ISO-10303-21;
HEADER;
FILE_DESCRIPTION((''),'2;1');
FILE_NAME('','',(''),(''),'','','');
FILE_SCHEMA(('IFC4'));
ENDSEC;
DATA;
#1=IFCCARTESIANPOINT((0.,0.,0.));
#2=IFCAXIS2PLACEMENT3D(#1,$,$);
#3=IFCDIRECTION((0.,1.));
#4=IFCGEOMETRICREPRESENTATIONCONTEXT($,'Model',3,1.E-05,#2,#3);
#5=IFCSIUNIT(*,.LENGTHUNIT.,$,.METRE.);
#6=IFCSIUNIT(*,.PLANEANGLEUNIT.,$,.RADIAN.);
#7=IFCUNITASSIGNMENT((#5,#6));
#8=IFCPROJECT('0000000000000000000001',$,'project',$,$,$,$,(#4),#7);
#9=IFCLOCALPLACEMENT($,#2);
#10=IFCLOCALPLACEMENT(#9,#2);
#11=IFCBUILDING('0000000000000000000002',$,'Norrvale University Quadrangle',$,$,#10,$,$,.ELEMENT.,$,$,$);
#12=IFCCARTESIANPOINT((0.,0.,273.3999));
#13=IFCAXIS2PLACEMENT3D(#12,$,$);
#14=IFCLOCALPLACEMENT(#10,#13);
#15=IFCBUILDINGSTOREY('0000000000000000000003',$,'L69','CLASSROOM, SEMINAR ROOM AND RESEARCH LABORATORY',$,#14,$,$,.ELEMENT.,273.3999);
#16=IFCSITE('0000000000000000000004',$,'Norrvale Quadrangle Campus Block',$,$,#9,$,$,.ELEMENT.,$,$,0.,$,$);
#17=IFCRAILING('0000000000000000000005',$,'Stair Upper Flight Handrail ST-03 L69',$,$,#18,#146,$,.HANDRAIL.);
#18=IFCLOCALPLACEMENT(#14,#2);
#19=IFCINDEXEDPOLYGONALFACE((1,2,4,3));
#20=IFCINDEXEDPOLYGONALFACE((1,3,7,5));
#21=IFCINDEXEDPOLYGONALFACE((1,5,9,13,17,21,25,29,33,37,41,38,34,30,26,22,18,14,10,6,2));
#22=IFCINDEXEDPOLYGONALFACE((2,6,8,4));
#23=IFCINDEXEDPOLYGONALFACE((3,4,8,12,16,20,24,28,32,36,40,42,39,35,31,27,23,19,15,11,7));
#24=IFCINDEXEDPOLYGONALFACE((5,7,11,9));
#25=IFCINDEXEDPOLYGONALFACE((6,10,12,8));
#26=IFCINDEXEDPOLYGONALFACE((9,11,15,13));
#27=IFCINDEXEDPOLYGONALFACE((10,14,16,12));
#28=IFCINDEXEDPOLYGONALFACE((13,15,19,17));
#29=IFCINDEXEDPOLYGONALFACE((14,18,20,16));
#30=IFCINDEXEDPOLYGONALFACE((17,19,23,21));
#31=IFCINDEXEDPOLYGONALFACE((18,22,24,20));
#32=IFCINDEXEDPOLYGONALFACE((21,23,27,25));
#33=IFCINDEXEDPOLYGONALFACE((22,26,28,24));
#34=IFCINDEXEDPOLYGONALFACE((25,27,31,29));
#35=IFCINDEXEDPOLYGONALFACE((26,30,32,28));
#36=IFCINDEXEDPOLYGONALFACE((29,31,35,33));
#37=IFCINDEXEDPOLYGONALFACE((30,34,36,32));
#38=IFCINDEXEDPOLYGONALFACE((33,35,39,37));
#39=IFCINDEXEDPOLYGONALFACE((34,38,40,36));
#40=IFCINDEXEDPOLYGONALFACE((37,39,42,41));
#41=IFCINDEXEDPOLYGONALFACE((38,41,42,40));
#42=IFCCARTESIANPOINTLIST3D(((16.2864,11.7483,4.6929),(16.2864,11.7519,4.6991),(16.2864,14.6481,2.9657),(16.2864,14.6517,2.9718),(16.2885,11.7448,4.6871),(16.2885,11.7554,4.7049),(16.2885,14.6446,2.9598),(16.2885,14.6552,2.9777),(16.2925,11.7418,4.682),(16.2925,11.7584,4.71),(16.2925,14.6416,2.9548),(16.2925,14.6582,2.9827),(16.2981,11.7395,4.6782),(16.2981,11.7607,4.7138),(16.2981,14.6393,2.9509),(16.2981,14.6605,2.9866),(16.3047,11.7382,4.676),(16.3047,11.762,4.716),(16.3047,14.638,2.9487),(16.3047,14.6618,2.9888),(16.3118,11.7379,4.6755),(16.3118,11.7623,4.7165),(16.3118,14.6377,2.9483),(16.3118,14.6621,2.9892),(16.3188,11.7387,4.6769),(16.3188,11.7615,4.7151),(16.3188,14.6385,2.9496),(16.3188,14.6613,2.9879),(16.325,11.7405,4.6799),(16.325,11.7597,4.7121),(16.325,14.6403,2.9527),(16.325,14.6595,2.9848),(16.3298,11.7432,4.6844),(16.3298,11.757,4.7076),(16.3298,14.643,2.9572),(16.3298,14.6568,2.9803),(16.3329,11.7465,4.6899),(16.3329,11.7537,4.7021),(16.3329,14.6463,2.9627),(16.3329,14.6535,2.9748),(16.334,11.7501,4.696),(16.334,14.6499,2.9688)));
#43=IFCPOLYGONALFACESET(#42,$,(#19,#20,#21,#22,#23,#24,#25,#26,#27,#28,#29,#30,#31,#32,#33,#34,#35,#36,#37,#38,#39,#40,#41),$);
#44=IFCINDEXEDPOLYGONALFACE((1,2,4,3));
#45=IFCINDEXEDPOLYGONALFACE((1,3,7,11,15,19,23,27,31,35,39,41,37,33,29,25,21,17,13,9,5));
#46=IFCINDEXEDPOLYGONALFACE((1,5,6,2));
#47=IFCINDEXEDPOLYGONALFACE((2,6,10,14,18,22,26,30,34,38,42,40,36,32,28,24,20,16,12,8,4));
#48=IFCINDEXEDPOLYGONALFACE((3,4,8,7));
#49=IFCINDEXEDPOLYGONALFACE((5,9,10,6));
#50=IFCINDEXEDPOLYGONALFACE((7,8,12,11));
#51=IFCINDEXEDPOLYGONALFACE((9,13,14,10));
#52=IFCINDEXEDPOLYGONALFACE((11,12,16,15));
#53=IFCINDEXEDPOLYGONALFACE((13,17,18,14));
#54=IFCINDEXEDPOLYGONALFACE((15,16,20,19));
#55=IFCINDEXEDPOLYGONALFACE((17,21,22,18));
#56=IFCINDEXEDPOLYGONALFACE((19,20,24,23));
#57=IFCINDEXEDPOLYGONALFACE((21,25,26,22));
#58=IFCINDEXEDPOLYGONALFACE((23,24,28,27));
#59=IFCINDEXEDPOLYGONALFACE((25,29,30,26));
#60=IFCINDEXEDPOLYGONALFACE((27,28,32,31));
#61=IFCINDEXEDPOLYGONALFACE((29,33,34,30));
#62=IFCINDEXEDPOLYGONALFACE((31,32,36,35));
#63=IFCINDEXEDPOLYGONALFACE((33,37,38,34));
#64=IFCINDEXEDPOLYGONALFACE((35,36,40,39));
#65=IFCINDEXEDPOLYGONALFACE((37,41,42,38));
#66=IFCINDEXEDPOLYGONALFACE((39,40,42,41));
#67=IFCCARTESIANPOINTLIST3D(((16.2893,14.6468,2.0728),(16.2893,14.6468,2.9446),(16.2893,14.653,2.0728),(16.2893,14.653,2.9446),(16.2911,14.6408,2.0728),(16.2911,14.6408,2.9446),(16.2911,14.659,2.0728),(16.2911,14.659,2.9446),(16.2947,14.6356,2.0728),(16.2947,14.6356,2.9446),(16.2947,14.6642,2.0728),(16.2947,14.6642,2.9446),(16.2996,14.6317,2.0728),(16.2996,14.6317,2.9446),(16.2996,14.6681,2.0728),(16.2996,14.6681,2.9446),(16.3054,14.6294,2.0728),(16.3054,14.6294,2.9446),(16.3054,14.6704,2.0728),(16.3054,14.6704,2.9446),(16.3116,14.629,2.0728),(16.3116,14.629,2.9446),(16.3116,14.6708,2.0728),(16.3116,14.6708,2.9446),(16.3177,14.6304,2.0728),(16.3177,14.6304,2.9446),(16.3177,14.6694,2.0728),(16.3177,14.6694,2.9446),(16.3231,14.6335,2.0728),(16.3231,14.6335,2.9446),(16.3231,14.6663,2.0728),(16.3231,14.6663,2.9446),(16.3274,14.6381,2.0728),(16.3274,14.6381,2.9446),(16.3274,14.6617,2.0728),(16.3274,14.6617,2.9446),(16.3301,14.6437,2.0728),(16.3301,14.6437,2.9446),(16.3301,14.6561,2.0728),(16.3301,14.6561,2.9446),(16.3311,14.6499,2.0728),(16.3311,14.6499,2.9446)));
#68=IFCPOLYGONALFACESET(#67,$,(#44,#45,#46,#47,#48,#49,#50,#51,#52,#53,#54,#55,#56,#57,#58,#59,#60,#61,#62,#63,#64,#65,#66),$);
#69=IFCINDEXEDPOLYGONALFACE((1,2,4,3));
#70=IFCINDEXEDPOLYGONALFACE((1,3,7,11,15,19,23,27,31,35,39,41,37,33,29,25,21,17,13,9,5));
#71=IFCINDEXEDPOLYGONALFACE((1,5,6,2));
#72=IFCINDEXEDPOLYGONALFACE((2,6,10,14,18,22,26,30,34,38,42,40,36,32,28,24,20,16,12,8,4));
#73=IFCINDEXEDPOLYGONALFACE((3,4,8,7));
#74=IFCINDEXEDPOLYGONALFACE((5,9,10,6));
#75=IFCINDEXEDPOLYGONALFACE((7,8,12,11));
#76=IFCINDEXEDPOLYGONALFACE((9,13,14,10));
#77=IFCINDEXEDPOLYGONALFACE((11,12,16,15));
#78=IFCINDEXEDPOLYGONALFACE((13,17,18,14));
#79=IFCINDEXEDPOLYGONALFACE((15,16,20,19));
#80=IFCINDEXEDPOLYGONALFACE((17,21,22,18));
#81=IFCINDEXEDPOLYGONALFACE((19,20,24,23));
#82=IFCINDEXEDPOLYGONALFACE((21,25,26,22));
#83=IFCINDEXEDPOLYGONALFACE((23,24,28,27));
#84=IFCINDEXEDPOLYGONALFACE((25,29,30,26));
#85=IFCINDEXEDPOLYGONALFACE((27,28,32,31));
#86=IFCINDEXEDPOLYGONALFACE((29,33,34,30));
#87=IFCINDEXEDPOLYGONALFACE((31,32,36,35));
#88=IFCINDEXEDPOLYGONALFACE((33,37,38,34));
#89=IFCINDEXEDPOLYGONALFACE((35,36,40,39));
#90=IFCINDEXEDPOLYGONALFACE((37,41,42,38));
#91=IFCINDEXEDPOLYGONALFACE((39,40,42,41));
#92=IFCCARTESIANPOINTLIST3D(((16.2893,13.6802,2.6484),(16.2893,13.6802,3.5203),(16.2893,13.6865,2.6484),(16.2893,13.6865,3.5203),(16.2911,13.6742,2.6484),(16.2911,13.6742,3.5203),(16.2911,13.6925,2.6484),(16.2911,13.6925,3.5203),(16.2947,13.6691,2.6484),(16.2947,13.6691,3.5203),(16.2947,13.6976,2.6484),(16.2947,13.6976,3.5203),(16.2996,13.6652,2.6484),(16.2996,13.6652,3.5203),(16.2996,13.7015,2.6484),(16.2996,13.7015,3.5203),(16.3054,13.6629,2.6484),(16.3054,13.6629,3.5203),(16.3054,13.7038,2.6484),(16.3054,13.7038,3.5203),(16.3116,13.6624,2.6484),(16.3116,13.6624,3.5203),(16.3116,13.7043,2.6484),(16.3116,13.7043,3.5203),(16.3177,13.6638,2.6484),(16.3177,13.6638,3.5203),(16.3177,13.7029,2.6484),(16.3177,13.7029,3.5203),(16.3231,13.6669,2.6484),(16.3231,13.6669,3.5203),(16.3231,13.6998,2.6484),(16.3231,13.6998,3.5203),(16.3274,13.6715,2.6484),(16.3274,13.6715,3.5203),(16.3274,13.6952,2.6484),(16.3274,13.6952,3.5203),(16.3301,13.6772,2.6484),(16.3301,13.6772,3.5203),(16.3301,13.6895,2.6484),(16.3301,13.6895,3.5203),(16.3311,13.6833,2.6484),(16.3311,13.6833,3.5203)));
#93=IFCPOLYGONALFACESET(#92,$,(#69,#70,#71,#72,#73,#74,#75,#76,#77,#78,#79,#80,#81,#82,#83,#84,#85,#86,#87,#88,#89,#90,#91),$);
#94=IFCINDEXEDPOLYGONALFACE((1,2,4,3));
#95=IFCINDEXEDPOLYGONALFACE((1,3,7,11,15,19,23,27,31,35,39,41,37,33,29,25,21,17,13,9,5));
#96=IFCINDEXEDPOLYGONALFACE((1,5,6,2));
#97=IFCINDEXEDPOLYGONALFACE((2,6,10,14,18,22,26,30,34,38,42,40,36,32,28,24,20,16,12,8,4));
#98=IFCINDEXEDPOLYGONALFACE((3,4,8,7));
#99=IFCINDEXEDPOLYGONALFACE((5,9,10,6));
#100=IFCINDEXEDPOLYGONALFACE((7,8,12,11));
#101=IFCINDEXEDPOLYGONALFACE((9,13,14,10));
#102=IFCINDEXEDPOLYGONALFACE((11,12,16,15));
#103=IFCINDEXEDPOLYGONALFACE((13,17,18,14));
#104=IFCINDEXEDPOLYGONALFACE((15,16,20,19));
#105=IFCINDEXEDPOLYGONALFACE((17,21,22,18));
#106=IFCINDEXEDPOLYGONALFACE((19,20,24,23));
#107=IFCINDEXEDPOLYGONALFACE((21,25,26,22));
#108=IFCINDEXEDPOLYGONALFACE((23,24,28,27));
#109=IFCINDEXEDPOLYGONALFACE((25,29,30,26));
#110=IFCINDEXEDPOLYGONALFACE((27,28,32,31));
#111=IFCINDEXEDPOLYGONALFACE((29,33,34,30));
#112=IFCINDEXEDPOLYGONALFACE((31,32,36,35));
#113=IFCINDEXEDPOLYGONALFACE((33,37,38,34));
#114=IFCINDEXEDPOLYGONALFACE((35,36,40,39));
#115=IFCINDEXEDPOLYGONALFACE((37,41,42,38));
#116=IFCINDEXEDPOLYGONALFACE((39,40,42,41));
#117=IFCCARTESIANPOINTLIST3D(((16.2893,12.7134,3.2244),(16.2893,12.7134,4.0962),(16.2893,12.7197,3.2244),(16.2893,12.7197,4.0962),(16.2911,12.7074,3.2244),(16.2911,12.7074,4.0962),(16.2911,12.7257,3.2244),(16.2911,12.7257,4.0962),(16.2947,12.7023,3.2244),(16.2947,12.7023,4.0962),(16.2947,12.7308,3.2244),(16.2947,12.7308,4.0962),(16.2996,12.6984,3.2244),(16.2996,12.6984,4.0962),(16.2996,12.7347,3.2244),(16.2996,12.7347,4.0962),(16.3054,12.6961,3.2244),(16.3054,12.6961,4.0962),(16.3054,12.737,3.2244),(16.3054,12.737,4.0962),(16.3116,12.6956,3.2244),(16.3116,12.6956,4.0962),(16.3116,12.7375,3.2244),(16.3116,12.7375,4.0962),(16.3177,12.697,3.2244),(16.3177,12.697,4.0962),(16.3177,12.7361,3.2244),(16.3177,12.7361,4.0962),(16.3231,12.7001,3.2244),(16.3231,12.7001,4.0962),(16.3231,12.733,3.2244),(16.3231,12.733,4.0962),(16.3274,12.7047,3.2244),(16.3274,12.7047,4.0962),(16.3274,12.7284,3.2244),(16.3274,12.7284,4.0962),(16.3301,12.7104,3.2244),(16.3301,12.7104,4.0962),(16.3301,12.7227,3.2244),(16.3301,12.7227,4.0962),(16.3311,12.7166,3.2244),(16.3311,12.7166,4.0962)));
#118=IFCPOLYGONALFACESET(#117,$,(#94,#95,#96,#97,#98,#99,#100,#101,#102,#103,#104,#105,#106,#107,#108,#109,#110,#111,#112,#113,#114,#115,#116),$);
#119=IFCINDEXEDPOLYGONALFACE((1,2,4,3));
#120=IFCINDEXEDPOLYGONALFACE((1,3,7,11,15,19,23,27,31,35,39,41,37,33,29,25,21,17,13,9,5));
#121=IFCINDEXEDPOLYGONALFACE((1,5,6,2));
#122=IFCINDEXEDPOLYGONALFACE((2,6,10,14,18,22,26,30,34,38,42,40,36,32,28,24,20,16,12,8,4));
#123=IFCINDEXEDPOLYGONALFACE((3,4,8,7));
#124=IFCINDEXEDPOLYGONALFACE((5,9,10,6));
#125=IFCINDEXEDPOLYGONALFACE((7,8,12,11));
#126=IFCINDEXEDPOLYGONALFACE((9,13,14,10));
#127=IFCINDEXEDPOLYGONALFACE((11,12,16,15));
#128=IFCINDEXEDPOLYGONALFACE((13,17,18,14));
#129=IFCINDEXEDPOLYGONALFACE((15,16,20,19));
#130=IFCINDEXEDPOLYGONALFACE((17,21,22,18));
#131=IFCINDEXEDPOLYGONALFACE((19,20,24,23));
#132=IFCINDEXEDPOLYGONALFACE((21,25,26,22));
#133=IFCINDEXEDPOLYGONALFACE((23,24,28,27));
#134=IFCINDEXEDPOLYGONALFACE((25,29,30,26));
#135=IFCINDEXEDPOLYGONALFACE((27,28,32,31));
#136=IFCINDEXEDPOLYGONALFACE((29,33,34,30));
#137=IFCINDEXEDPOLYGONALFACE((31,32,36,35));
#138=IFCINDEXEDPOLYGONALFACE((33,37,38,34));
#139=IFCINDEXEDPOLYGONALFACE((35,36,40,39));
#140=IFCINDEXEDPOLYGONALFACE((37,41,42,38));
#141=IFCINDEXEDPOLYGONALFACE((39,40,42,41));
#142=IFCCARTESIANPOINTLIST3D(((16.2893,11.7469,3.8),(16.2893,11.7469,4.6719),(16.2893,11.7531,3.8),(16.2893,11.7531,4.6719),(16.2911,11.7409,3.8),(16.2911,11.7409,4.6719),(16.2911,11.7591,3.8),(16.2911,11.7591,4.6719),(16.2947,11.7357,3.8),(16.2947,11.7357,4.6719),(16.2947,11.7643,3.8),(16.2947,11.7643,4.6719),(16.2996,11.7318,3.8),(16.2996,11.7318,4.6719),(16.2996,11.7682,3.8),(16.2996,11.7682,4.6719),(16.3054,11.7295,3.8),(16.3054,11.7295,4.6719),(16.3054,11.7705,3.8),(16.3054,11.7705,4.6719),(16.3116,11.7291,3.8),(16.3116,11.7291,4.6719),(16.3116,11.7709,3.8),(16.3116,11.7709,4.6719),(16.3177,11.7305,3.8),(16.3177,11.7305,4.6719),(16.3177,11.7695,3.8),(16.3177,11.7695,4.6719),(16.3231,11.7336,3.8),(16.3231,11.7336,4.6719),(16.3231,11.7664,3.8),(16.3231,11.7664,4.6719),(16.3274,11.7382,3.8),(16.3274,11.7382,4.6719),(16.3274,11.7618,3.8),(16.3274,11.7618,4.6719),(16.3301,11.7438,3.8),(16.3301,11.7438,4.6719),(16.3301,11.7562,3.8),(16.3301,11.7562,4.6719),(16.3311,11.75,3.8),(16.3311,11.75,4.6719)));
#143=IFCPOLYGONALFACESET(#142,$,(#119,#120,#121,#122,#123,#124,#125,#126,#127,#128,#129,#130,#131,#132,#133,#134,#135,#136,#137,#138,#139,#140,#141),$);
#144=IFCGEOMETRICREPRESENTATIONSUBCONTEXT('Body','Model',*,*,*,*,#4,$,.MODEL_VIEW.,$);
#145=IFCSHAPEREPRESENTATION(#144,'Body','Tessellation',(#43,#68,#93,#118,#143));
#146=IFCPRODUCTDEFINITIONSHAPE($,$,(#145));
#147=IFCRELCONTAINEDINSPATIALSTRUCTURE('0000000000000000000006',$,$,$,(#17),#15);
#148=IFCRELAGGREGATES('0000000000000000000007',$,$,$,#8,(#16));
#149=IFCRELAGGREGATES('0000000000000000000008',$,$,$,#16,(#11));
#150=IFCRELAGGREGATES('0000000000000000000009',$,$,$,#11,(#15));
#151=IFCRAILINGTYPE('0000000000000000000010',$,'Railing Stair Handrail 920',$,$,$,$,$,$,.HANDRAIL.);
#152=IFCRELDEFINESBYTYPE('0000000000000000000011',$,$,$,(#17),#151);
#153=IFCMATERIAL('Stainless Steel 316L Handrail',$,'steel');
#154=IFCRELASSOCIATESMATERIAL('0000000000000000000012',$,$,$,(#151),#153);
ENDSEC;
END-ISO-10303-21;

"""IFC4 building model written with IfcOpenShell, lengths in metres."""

from ifc_helpers import new_model, si_unit, direction, frame, origin, origin_2d, place, context, subcontext, project, spatial, circle, extrude, material, type_object, element, save


model = new_model("IFC4")

# Units and contexts
model_context = context("Model", 3, precision=1e-05, world=origin(), true_north=direction((0.0, 1.0)))
body_context = subcontext(model_context, "Body", "Model", "MODEL_VIEW")
ifc_project = project(units=[si_unit("LENGTHUNIT", "METRE"), si_unit("PLANEANGLEUNIT", "RADIAN")], contexts=[model_context])

# Site, building, storey
site_placement = place(None, origin())
site = spatial("IfcSite", under=ifc_project, at=site_placement, Name="Norrvale Quadrangle Campus Block", CompositionType="ELEMENT", RefElevation=0.0)
building_placement = place(site_placement, origin())
building = spatial("IfcBuilding", under=site, at=building_placement, Name="Norrvale University Quadrangle", CompositionType="ELEMENT")
storey_placement = place(building_placement, frame((0.0, 0.0, 273.3999)))
storey = spatial("IfcBuildingStorey", under=building, at=storey_placement, Name="L69", Description="CLASSROOM, SEMINAR ROOM AND RESEARCH LABORATORY", CompositionType="ELEMENT", Elevation=273.3999)

# Railing
ifc_material_1 = material(Name="Stainless Steel 316L Handrail", Category="steel")
railing_type_1 = type_object("IfcRailingType", Name="Railing Stair Handrail 920", PredefinedType="HANDRAIL", material=ifc_material_1)
railing_1_placement = place(storey_placement, frame((16.3101, 14.6499, 2.0728)))
element("IfcRailing", 1, at=railing_1_placement, inside=storey, type_object=railing_type_1, Name="Stair Upper Flight Handrail ST-03 L69", PredefinedType="HANDRAIL", context=body_context, shape_type="SweptSolid", body=[
    extrude(circle(Radius=0.0239, at=origin_2d()), frame((0.0, 0.0, 0.896), z_axis=(0.0, -0.859141, 0.511738), x_axis=(1.0, 0.0, 0.0)), (0.0, 0.0, 1.0), 3.3752),
    extrude(circle(Radius=0.021, at=origin_2d()), origin(), (0.0, 0.0, 1.0), 0.8718),
    extrude(circle(Radius=0.021, at=origin_2d()), frame((0.0, -0.9666, 0.5757)), (0.0, 0.0, 1.0), 0.8718),
    extrude(circle(Radius=0.021, at=origin_2d()), frame((0.0, -1.9333, 1.1516)), (0.0, 0.0, 1.0), 0.8718),
    extrude(circle(Radius=0.021, at=origin_2d()), frame((0.0, -2.8999, 1.7273)), (0.0, 0.0, 1.0), 0.8718),
])

save(model, "model.ifc")
